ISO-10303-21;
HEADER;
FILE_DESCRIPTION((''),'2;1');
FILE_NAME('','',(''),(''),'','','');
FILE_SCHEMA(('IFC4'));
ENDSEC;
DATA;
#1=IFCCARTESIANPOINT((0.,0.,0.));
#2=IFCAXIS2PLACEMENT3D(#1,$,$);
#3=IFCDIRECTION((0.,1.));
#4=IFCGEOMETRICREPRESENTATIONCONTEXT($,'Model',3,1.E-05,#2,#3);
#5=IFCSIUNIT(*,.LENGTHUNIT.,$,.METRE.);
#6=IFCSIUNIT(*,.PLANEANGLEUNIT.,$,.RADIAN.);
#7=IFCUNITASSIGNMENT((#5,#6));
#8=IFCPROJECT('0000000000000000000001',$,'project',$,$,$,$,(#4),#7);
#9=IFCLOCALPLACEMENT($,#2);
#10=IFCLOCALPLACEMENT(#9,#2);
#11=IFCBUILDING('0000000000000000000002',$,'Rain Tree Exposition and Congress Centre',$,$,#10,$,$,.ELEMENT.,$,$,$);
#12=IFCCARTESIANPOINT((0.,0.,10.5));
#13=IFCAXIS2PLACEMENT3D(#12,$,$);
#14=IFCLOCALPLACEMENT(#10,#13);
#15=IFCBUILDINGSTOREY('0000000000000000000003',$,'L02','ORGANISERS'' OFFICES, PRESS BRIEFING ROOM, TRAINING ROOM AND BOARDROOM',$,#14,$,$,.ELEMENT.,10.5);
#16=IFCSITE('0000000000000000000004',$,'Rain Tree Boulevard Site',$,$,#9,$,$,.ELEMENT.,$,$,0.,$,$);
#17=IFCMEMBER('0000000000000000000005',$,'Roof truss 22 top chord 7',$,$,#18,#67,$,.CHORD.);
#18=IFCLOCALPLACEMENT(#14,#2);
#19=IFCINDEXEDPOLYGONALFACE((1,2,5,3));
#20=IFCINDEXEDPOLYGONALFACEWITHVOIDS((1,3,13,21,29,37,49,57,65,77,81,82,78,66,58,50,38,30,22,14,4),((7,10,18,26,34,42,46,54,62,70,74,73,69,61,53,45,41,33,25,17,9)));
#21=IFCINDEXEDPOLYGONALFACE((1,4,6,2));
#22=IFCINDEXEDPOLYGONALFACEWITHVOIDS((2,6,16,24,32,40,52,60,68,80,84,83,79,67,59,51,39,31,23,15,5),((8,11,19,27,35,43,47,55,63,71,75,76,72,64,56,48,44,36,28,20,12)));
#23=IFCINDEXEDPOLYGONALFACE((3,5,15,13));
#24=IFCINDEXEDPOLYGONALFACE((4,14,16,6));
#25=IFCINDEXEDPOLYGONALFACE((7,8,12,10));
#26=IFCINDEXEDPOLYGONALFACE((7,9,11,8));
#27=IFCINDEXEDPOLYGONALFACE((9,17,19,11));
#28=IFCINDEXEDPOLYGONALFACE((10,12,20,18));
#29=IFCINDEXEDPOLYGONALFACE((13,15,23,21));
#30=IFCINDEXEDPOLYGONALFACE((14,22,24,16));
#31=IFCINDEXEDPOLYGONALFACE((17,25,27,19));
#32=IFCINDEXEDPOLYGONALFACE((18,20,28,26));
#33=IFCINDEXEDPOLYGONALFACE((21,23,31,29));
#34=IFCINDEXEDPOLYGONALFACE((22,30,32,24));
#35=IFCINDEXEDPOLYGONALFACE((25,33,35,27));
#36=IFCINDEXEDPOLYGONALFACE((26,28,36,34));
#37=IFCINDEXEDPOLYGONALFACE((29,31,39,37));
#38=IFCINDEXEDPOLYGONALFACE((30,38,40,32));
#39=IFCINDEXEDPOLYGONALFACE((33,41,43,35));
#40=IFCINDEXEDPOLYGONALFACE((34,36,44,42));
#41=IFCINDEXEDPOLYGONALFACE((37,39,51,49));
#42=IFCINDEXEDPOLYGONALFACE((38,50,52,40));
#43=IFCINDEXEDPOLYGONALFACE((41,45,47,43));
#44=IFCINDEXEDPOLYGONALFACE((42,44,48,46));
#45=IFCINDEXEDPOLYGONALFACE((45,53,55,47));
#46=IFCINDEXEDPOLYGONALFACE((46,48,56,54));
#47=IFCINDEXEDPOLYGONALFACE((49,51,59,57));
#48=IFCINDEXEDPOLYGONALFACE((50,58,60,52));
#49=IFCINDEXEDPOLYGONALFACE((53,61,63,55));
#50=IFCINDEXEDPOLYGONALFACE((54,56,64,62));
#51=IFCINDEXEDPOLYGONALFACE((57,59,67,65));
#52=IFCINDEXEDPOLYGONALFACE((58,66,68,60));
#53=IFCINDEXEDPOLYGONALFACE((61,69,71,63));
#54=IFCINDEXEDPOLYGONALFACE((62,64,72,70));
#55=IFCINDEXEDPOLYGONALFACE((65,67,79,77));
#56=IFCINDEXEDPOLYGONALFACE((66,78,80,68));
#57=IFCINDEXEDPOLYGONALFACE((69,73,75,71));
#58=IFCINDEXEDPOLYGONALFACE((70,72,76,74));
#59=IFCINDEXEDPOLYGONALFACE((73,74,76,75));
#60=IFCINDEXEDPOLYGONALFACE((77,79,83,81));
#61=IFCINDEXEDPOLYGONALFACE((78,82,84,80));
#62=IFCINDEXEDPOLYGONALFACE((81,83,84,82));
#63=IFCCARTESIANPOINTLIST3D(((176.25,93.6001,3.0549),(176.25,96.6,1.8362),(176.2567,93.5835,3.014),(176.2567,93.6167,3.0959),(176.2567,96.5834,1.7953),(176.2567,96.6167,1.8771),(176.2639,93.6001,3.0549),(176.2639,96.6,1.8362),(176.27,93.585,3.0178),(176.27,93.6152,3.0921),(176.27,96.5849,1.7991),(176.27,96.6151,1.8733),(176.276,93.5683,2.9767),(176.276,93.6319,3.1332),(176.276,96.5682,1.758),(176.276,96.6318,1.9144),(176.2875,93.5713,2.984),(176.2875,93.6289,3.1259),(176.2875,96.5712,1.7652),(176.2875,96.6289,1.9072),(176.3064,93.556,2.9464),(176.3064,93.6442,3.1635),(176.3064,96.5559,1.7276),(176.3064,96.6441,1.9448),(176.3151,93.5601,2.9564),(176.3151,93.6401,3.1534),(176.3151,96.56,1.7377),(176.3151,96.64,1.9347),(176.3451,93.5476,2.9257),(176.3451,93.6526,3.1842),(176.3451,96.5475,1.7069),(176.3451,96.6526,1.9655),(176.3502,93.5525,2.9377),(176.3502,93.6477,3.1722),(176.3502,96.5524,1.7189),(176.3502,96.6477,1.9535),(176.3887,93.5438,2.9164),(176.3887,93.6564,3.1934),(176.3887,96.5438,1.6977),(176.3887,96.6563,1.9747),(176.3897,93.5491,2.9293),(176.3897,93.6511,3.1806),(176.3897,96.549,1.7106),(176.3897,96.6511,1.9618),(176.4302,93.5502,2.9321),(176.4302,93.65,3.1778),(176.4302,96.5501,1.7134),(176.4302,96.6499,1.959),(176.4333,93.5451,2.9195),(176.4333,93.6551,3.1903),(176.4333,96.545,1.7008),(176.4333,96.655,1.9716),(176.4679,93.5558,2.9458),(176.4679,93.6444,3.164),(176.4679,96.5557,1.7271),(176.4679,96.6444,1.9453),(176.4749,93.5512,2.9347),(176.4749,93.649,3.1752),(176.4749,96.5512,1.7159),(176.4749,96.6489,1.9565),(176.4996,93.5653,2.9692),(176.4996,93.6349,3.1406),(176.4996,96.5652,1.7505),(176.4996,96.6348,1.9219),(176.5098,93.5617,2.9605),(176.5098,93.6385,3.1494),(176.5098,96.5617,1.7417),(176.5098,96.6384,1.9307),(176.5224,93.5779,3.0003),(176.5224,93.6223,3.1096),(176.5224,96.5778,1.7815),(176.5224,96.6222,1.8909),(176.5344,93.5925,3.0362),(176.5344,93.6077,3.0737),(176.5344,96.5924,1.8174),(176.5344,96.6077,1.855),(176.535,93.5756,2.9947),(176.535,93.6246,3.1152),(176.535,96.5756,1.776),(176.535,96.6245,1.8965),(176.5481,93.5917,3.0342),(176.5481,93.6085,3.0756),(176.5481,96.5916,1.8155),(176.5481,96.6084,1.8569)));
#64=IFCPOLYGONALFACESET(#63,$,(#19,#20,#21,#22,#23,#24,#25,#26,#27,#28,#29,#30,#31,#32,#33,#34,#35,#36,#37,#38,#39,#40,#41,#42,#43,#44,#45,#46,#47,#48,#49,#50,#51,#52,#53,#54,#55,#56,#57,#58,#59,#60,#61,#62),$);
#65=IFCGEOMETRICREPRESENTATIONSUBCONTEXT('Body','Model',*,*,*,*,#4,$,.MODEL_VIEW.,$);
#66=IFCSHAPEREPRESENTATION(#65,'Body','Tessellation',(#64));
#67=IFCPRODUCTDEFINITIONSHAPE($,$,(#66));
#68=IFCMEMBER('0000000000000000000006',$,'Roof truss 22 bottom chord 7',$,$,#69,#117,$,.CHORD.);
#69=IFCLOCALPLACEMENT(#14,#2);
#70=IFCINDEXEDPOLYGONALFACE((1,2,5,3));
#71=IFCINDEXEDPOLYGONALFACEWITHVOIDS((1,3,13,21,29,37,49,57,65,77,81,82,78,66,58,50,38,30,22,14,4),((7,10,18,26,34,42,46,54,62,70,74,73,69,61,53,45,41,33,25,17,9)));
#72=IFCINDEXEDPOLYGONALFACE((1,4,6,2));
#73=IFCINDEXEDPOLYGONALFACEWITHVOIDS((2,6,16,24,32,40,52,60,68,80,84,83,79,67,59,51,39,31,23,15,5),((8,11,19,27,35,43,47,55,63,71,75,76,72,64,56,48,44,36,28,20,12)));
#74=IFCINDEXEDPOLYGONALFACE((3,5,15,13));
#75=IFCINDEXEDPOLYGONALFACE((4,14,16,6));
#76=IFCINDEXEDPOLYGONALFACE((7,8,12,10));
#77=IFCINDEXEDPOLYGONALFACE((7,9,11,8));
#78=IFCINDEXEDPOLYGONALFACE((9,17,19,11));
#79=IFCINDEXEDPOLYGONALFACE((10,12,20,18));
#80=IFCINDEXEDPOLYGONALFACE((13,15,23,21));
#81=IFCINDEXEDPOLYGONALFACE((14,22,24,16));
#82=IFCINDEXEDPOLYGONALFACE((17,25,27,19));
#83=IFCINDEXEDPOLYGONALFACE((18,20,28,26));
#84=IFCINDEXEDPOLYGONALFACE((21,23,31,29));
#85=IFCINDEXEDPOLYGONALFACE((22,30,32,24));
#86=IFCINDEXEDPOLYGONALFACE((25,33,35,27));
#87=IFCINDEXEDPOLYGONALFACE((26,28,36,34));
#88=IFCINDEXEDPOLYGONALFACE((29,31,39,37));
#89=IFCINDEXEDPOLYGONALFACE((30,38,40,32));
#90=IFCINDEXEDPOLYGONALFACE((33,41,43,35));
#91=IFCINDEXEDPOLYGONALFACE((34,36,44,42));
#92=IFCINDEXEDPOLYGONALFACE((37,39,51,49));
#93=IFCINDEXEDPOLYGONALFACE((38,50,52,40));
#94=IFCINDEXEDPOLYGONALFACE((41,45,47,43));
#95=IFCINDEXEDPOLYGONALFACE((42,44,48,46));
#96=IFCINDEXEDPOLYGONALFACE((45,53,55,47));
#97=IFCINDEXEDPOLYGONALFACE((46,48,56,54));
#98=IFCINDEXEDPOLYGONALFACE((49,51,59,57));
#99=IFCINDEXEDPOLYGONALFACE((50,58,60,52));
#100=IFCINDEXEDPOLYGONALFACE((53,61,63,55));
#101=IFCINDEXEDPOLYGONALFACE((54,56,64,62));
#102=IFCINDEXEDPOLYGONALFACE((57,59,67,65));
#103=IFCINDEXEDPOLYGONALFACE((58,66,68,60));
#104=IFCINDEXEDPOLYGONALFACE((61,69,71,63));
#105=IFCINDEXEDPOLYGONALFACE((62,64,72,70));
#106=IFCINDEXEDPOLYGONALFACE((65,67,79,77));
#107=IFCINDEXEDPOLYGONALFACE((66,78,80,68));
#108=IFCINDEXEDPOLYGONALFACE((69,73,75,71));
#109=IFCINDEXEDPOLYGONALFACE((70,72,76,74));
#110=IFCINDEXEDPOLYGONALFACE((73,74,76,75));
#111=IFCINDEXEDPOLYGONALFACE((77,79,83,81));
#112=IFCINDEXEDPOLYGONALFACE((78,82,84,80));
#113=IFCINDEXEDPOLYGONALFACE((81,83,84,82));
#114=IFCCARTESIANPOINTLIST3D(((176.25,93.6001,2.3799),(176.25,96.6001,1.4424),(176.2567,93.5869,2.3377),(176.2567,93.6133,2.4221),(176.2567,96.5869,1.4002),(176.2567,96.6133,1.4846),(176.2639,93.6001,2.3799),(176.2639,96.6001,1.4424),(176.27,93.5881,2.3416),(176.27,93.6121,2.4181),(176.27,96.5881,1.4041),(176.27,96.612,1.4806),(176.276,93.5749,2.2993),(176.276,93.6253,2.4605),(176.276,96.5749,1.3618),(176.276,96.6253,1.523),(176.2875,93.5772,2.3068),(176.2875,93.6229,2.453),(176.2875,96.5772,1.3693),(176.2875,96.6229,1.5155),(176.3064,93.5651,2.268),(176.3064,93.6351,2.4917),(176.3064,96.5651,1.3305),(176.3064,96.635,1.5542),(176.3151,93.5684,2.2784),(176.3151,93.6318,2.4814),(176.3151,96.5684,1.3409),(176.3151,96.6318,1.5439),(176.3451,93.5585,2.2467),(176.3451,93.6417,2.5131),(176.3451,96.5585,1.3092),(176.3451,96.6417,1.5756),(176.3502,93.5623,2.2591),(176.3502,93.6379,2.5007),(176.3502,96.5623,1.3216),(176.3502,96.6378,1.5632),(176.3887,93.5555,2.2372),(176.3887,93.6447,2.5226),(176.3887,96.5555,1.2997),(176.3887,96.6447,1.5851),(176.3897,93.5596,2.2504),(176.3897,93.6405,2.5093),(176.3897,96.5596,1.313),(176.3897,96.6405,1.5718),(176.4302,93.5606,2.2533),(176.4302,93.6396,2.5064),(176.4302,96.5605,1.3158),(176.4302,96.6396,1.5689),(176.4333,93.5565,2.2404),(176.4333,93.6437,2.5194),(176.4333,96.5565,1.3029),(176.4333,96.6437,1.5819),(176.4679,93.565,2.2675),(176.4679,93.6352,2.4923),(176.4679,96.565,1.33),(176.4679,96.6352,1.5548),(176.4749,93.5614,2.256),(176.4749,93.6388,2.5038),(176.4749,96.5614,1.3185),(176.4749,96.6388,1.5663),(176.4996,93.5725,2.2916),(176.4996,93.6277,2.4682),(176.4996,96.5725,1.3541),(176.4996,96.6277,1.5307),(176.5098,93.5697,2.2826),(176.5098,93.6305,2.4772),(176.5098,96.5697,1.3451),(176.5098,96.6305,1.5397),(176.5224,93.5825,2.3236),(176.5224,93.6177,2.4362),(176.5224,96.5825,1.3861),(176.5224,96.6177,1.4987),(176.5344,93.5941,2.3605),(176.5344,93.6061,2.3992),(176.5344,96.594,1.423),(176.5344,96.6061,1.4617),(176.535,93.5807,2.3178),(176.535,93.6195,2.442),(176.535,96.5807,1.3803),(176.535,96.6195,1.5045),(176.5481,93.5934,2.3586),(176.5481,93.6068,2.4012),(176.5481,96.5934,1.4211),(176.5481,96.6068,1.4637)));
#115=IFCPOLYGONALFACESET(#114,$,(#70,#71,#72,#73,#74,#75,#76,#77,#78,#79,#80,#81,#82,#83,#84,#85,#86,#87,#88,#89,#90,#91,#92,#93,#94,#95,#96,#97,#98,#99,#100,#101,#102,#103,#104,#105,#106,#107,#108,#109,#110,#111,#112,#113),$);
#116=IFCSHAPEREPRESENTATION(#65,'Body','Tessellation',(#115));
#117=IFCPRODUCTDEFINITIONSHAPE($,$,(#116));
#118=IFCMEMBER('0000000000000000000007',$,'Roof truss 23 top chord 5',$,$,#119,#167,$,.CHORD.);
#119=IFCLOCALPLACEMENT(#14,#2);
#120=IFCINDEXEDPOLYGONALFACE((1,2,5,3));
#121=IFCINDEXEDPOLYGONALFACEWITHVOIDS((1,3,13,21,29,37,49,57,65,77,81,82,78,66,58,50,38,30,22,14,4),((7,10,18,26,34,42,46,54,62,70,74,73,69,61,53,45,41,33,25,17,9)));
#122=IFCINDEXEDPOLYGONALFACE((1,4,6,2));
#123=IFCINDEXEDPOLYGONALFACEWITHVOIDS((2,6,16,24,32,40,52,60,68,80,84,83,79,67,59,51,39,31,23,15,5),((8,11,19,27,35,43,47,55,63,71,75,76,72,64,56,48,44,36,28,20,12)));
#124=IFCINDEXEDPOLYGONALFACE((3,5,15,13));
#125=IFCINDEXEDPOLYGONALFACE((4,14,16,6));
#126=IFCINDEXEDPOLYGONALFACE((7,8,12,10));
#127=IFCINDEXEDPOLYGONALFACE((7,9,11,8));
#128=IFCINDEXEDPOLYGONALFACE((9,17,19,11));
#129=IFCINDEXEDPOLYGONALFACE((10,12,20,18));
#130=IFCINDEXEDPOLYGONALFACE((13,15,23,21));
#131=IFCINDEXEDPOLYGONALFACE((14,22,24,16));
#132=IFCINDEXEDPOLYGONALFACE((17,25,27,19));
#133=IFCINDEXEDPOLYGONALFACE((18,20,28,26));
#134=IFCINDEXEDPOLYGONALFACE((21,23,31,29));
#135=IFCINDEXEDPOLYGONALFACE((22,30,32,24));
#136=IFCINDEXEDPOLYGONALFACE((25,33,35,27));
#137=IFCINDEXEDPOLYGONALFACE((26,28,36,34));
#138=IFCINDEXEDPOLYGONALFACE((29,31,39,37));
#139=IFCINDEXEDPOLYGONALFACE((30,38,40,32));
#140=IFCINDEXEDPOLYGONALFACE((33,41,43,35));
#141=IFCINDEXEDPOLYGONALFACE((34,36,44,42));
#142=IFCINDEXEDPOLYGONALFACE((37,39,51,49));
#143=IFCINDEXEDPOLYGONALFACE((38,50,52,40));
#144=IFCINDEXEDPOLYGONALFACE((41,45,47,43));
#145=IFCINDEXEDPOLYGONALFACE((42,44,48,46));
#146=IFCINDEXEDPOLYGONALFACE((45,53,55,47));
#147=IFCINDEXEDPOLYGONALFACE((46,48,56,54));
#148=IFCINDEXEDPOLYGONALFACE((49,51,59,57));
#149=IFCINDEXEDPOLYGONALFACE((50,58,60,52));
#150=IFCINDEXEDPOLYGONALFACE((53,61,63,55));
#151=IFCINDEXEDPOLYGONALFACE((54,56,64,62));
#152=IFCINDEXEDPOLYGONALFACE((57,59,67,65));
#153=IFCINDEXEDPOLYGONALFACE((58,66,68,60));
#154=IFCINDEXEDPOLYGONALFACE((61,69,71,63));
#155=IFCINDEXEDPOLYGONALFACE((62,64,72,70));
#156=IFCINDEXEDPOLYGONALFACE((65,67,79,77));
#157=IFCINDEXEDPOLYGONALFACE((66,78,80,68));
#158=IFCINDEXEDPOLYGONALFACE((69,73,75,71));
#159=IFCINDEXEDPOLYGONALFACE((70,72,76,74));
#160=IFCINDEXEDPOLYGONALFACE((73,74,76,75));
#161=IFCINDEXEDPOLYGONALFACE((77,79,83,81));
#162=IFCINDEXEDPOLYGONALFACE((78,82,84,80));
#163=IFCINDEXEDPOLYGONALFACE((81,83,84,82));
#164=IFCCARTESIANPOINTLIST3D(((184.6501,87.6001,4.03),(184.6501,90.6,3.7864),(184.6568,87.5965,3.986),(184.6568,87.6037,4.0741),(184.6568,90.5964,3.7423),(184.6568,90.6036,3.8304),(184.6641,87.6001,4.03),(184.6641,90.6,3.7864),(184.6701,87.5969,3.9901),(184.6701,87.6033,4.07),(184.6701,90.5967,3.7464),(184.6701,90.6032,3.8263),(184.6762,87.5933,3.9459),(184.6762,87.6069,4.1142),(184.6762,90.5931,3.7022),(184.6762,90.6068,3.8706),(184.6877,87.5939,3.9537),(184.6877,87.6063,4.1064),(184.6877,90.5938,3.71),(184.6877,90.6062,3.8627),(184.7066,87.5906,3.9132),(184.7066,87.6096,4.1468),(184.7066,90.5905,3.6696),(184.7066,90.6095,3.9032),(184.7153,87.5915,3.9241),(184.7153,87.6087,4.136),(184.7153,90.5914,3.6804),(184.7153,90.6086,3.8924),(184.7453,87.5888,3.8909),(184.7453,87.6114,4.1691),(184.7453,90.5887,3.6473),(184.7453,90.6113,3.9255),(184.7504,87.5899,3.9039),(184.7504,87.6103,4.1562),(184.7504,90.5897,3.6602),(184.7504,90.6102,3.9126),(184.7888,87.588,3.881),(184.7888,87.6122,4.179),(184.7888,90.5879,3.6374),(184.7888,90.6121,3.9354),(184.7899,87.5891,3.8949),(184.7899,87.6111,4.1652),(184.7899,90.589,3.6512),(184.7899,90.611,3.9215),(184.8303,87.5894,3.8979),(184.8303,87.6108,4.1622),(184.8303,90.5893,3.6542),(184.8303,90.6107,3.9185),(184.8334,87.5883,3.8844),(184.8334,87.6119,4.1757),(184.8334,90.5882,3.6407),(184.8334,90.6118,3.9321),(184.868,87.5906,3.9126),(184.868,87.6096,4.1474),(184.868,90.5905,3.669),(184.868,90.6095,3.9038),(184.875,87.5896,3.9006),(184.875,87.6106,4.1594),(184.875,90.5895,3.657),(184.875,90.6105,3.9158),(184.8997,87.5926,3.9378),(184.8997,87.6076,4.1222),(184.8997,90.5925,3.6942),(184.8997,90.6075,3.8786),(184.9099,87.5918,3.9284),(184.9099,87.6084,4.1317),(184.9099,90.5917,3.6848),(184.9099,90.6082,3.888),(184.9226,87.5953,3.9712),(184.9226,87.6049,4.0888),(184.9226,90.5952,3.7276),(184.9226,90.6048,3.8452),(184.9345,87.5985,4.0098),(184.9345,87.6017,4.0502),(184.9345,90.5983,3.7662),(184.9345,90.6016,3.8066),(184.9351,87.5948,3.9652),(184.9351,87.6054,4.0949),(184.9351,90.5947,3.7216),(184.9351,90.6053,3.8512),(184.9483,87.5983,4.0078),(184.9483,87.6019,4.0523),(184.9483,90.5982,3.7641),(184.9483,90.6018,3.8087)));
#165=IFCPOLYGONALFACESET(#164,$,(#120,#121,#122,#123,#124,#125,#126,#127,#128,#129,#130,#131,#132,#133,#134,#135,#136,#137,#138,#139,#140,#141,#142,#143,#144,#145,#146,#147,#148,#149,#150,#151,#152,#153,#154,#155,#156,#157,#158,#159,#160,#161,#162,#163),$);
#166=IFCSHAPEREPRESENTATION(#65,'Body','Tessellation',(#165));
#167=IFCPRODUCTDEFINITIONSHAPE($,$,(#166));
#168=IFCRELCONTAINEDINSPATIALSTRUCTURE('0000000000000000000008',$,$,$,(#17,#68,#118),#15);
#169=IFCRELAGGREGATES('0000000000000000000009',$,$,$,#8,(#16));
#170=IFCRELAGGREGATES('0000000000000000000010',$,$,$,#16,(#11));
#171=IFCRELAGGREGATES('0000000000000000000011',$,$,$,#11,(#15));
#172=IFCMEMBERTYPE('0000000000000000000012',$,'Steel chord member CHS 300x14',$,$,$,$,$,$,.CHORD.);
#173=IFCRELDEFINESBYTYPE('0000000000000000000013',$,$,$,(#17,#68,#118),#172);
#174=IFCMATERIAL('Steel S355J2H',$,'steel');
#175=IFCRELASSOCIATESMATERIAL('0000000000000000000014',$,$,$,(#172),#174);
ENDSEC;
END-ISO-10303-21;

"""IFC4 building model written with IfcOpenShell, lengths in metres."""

from ifc_helpers import new_model, si_unit, direction, frame, origin, origin_2d, place, context, subcontext, project, spatial, hollow_circle, extrude, material, material_profile, profile_set, type_object, element, save


model = new_model("IFC4")

# Units and contexts
model_context = context("Model", 3, precision=1e-05, world=origin(), true_north=direction((0.0, 1.0)))
body_context = subcontext(model_context, "Body", "Model", "MODEL_VIEW")
ifc_project = project(units=[si_unit("LENGTHUNIT", "METRE"), si_unit("PLANEANGLEUNIT", "RADIAN")], contexts=[model_context])

# Site, building, storey
site_placement = place(None, origin())
site = spatial("IfcSite", under=ifc_project, at=site_placement, Name="Rain Tree Boulevard Site", CompositionType="ELEMENT", RefElevation=0.0)
building_placement = place(site_placement, origin())
building = spatial("IfcBuilding", under=site, at=building_placement, Name="Rain Tree Exposition and Congress Centre", CompositionType="ELEMENT")
storey_placement = place(building_placement, frame((0.0, 0.0, 10.5)))
storey = spatial("IfcBuildingStorey", under=building, at=storey_placement, Name="L02", Description="ORGANISERS' OFFICES, PRESS BRIEFING ROOM, TRAINING ROOM AND BOARDROOM", CompositionType="ELEMENT", Elevation=10.5)

# Members
ifc_material_1 = material(Name="Steel S355J2H", Category="steel")
ifc_material_profile_1 = material_profile(ifc_material_1, hollow_circle(Radius=0.1499, WallThickness=0.0139, at=origin_2d()), Name="CHS 300x14")
ifc_profile_set_1 = profile_set([ifc_material_profile_1], Name="Steel S355J2H")
member_type_1 = type_object("IfcMemberType", Name="Steel chord member CHS 300x14", PredefinedType="CHORD", material=ifc_profile_set_1)
member_1_placement = place(storey_placement, frame((176.3999, 93.6001, 3.0549), z_axis=(0.0, 0.926467, -0.376377), x_axis=(-1.0, 0.0, 0.0)))
element("IfcMember", 1, at=member_1_placement, inside=storey, type_object=member_type_1, Name="Roof truss 22 top chord 7", PredefinedType="CHORD", context=body_context, shape_type="SweptSolid", body=[
    extrude(hollow_circle(Radius=0.1499, WallThickness=0.0139, at=origin_2d()), origin(), (0.0, 0.0, 1.0), 3.238),
])
member_2_placement = place(storey_placement, frame((176.3999, 93.6001, 2.3799), z_axis=(0.0, 0.95448, -0.298275), x_axis=(-1.0, 0.0, 0.0)))
element("IfcMember", 2, at=member_2_placement, inside=storey, type_object=member_type_1, Name="Roof truss 22 bottom chord 7", PredefinedType="CHORD", context=body_context, shape_type="SweptSolid", body=[
    extrude(hollow_circle(Radius=0.1499, WallThickness=0.0139, at=origin_2d()), origin(), (0.0, 0.0, 1.0), 3.1431),
])
member_3_placement = place(storey_placement, frame((184.8, 87.6001, 4.03), z_axis=(0.0, 0.996718, -0.080951), x_axis=(-1.0, 0.0, 0.0)))
element("IfcMember", 3, at=member_3_placement, inside=storey, type_object=member_type_1, Name="Roof truss 23 top chord 5", PredefinedType="CHORD", context=body_context, shape_type="SweptSolid", body=[
    extrude(hollow_circle(Radius=0.1499, WallThickness=0.0139, at=origin_2d()), origin(), (0.0, 0.0, 1.0), 3.0098),
])

save(model, "model.ifc")
